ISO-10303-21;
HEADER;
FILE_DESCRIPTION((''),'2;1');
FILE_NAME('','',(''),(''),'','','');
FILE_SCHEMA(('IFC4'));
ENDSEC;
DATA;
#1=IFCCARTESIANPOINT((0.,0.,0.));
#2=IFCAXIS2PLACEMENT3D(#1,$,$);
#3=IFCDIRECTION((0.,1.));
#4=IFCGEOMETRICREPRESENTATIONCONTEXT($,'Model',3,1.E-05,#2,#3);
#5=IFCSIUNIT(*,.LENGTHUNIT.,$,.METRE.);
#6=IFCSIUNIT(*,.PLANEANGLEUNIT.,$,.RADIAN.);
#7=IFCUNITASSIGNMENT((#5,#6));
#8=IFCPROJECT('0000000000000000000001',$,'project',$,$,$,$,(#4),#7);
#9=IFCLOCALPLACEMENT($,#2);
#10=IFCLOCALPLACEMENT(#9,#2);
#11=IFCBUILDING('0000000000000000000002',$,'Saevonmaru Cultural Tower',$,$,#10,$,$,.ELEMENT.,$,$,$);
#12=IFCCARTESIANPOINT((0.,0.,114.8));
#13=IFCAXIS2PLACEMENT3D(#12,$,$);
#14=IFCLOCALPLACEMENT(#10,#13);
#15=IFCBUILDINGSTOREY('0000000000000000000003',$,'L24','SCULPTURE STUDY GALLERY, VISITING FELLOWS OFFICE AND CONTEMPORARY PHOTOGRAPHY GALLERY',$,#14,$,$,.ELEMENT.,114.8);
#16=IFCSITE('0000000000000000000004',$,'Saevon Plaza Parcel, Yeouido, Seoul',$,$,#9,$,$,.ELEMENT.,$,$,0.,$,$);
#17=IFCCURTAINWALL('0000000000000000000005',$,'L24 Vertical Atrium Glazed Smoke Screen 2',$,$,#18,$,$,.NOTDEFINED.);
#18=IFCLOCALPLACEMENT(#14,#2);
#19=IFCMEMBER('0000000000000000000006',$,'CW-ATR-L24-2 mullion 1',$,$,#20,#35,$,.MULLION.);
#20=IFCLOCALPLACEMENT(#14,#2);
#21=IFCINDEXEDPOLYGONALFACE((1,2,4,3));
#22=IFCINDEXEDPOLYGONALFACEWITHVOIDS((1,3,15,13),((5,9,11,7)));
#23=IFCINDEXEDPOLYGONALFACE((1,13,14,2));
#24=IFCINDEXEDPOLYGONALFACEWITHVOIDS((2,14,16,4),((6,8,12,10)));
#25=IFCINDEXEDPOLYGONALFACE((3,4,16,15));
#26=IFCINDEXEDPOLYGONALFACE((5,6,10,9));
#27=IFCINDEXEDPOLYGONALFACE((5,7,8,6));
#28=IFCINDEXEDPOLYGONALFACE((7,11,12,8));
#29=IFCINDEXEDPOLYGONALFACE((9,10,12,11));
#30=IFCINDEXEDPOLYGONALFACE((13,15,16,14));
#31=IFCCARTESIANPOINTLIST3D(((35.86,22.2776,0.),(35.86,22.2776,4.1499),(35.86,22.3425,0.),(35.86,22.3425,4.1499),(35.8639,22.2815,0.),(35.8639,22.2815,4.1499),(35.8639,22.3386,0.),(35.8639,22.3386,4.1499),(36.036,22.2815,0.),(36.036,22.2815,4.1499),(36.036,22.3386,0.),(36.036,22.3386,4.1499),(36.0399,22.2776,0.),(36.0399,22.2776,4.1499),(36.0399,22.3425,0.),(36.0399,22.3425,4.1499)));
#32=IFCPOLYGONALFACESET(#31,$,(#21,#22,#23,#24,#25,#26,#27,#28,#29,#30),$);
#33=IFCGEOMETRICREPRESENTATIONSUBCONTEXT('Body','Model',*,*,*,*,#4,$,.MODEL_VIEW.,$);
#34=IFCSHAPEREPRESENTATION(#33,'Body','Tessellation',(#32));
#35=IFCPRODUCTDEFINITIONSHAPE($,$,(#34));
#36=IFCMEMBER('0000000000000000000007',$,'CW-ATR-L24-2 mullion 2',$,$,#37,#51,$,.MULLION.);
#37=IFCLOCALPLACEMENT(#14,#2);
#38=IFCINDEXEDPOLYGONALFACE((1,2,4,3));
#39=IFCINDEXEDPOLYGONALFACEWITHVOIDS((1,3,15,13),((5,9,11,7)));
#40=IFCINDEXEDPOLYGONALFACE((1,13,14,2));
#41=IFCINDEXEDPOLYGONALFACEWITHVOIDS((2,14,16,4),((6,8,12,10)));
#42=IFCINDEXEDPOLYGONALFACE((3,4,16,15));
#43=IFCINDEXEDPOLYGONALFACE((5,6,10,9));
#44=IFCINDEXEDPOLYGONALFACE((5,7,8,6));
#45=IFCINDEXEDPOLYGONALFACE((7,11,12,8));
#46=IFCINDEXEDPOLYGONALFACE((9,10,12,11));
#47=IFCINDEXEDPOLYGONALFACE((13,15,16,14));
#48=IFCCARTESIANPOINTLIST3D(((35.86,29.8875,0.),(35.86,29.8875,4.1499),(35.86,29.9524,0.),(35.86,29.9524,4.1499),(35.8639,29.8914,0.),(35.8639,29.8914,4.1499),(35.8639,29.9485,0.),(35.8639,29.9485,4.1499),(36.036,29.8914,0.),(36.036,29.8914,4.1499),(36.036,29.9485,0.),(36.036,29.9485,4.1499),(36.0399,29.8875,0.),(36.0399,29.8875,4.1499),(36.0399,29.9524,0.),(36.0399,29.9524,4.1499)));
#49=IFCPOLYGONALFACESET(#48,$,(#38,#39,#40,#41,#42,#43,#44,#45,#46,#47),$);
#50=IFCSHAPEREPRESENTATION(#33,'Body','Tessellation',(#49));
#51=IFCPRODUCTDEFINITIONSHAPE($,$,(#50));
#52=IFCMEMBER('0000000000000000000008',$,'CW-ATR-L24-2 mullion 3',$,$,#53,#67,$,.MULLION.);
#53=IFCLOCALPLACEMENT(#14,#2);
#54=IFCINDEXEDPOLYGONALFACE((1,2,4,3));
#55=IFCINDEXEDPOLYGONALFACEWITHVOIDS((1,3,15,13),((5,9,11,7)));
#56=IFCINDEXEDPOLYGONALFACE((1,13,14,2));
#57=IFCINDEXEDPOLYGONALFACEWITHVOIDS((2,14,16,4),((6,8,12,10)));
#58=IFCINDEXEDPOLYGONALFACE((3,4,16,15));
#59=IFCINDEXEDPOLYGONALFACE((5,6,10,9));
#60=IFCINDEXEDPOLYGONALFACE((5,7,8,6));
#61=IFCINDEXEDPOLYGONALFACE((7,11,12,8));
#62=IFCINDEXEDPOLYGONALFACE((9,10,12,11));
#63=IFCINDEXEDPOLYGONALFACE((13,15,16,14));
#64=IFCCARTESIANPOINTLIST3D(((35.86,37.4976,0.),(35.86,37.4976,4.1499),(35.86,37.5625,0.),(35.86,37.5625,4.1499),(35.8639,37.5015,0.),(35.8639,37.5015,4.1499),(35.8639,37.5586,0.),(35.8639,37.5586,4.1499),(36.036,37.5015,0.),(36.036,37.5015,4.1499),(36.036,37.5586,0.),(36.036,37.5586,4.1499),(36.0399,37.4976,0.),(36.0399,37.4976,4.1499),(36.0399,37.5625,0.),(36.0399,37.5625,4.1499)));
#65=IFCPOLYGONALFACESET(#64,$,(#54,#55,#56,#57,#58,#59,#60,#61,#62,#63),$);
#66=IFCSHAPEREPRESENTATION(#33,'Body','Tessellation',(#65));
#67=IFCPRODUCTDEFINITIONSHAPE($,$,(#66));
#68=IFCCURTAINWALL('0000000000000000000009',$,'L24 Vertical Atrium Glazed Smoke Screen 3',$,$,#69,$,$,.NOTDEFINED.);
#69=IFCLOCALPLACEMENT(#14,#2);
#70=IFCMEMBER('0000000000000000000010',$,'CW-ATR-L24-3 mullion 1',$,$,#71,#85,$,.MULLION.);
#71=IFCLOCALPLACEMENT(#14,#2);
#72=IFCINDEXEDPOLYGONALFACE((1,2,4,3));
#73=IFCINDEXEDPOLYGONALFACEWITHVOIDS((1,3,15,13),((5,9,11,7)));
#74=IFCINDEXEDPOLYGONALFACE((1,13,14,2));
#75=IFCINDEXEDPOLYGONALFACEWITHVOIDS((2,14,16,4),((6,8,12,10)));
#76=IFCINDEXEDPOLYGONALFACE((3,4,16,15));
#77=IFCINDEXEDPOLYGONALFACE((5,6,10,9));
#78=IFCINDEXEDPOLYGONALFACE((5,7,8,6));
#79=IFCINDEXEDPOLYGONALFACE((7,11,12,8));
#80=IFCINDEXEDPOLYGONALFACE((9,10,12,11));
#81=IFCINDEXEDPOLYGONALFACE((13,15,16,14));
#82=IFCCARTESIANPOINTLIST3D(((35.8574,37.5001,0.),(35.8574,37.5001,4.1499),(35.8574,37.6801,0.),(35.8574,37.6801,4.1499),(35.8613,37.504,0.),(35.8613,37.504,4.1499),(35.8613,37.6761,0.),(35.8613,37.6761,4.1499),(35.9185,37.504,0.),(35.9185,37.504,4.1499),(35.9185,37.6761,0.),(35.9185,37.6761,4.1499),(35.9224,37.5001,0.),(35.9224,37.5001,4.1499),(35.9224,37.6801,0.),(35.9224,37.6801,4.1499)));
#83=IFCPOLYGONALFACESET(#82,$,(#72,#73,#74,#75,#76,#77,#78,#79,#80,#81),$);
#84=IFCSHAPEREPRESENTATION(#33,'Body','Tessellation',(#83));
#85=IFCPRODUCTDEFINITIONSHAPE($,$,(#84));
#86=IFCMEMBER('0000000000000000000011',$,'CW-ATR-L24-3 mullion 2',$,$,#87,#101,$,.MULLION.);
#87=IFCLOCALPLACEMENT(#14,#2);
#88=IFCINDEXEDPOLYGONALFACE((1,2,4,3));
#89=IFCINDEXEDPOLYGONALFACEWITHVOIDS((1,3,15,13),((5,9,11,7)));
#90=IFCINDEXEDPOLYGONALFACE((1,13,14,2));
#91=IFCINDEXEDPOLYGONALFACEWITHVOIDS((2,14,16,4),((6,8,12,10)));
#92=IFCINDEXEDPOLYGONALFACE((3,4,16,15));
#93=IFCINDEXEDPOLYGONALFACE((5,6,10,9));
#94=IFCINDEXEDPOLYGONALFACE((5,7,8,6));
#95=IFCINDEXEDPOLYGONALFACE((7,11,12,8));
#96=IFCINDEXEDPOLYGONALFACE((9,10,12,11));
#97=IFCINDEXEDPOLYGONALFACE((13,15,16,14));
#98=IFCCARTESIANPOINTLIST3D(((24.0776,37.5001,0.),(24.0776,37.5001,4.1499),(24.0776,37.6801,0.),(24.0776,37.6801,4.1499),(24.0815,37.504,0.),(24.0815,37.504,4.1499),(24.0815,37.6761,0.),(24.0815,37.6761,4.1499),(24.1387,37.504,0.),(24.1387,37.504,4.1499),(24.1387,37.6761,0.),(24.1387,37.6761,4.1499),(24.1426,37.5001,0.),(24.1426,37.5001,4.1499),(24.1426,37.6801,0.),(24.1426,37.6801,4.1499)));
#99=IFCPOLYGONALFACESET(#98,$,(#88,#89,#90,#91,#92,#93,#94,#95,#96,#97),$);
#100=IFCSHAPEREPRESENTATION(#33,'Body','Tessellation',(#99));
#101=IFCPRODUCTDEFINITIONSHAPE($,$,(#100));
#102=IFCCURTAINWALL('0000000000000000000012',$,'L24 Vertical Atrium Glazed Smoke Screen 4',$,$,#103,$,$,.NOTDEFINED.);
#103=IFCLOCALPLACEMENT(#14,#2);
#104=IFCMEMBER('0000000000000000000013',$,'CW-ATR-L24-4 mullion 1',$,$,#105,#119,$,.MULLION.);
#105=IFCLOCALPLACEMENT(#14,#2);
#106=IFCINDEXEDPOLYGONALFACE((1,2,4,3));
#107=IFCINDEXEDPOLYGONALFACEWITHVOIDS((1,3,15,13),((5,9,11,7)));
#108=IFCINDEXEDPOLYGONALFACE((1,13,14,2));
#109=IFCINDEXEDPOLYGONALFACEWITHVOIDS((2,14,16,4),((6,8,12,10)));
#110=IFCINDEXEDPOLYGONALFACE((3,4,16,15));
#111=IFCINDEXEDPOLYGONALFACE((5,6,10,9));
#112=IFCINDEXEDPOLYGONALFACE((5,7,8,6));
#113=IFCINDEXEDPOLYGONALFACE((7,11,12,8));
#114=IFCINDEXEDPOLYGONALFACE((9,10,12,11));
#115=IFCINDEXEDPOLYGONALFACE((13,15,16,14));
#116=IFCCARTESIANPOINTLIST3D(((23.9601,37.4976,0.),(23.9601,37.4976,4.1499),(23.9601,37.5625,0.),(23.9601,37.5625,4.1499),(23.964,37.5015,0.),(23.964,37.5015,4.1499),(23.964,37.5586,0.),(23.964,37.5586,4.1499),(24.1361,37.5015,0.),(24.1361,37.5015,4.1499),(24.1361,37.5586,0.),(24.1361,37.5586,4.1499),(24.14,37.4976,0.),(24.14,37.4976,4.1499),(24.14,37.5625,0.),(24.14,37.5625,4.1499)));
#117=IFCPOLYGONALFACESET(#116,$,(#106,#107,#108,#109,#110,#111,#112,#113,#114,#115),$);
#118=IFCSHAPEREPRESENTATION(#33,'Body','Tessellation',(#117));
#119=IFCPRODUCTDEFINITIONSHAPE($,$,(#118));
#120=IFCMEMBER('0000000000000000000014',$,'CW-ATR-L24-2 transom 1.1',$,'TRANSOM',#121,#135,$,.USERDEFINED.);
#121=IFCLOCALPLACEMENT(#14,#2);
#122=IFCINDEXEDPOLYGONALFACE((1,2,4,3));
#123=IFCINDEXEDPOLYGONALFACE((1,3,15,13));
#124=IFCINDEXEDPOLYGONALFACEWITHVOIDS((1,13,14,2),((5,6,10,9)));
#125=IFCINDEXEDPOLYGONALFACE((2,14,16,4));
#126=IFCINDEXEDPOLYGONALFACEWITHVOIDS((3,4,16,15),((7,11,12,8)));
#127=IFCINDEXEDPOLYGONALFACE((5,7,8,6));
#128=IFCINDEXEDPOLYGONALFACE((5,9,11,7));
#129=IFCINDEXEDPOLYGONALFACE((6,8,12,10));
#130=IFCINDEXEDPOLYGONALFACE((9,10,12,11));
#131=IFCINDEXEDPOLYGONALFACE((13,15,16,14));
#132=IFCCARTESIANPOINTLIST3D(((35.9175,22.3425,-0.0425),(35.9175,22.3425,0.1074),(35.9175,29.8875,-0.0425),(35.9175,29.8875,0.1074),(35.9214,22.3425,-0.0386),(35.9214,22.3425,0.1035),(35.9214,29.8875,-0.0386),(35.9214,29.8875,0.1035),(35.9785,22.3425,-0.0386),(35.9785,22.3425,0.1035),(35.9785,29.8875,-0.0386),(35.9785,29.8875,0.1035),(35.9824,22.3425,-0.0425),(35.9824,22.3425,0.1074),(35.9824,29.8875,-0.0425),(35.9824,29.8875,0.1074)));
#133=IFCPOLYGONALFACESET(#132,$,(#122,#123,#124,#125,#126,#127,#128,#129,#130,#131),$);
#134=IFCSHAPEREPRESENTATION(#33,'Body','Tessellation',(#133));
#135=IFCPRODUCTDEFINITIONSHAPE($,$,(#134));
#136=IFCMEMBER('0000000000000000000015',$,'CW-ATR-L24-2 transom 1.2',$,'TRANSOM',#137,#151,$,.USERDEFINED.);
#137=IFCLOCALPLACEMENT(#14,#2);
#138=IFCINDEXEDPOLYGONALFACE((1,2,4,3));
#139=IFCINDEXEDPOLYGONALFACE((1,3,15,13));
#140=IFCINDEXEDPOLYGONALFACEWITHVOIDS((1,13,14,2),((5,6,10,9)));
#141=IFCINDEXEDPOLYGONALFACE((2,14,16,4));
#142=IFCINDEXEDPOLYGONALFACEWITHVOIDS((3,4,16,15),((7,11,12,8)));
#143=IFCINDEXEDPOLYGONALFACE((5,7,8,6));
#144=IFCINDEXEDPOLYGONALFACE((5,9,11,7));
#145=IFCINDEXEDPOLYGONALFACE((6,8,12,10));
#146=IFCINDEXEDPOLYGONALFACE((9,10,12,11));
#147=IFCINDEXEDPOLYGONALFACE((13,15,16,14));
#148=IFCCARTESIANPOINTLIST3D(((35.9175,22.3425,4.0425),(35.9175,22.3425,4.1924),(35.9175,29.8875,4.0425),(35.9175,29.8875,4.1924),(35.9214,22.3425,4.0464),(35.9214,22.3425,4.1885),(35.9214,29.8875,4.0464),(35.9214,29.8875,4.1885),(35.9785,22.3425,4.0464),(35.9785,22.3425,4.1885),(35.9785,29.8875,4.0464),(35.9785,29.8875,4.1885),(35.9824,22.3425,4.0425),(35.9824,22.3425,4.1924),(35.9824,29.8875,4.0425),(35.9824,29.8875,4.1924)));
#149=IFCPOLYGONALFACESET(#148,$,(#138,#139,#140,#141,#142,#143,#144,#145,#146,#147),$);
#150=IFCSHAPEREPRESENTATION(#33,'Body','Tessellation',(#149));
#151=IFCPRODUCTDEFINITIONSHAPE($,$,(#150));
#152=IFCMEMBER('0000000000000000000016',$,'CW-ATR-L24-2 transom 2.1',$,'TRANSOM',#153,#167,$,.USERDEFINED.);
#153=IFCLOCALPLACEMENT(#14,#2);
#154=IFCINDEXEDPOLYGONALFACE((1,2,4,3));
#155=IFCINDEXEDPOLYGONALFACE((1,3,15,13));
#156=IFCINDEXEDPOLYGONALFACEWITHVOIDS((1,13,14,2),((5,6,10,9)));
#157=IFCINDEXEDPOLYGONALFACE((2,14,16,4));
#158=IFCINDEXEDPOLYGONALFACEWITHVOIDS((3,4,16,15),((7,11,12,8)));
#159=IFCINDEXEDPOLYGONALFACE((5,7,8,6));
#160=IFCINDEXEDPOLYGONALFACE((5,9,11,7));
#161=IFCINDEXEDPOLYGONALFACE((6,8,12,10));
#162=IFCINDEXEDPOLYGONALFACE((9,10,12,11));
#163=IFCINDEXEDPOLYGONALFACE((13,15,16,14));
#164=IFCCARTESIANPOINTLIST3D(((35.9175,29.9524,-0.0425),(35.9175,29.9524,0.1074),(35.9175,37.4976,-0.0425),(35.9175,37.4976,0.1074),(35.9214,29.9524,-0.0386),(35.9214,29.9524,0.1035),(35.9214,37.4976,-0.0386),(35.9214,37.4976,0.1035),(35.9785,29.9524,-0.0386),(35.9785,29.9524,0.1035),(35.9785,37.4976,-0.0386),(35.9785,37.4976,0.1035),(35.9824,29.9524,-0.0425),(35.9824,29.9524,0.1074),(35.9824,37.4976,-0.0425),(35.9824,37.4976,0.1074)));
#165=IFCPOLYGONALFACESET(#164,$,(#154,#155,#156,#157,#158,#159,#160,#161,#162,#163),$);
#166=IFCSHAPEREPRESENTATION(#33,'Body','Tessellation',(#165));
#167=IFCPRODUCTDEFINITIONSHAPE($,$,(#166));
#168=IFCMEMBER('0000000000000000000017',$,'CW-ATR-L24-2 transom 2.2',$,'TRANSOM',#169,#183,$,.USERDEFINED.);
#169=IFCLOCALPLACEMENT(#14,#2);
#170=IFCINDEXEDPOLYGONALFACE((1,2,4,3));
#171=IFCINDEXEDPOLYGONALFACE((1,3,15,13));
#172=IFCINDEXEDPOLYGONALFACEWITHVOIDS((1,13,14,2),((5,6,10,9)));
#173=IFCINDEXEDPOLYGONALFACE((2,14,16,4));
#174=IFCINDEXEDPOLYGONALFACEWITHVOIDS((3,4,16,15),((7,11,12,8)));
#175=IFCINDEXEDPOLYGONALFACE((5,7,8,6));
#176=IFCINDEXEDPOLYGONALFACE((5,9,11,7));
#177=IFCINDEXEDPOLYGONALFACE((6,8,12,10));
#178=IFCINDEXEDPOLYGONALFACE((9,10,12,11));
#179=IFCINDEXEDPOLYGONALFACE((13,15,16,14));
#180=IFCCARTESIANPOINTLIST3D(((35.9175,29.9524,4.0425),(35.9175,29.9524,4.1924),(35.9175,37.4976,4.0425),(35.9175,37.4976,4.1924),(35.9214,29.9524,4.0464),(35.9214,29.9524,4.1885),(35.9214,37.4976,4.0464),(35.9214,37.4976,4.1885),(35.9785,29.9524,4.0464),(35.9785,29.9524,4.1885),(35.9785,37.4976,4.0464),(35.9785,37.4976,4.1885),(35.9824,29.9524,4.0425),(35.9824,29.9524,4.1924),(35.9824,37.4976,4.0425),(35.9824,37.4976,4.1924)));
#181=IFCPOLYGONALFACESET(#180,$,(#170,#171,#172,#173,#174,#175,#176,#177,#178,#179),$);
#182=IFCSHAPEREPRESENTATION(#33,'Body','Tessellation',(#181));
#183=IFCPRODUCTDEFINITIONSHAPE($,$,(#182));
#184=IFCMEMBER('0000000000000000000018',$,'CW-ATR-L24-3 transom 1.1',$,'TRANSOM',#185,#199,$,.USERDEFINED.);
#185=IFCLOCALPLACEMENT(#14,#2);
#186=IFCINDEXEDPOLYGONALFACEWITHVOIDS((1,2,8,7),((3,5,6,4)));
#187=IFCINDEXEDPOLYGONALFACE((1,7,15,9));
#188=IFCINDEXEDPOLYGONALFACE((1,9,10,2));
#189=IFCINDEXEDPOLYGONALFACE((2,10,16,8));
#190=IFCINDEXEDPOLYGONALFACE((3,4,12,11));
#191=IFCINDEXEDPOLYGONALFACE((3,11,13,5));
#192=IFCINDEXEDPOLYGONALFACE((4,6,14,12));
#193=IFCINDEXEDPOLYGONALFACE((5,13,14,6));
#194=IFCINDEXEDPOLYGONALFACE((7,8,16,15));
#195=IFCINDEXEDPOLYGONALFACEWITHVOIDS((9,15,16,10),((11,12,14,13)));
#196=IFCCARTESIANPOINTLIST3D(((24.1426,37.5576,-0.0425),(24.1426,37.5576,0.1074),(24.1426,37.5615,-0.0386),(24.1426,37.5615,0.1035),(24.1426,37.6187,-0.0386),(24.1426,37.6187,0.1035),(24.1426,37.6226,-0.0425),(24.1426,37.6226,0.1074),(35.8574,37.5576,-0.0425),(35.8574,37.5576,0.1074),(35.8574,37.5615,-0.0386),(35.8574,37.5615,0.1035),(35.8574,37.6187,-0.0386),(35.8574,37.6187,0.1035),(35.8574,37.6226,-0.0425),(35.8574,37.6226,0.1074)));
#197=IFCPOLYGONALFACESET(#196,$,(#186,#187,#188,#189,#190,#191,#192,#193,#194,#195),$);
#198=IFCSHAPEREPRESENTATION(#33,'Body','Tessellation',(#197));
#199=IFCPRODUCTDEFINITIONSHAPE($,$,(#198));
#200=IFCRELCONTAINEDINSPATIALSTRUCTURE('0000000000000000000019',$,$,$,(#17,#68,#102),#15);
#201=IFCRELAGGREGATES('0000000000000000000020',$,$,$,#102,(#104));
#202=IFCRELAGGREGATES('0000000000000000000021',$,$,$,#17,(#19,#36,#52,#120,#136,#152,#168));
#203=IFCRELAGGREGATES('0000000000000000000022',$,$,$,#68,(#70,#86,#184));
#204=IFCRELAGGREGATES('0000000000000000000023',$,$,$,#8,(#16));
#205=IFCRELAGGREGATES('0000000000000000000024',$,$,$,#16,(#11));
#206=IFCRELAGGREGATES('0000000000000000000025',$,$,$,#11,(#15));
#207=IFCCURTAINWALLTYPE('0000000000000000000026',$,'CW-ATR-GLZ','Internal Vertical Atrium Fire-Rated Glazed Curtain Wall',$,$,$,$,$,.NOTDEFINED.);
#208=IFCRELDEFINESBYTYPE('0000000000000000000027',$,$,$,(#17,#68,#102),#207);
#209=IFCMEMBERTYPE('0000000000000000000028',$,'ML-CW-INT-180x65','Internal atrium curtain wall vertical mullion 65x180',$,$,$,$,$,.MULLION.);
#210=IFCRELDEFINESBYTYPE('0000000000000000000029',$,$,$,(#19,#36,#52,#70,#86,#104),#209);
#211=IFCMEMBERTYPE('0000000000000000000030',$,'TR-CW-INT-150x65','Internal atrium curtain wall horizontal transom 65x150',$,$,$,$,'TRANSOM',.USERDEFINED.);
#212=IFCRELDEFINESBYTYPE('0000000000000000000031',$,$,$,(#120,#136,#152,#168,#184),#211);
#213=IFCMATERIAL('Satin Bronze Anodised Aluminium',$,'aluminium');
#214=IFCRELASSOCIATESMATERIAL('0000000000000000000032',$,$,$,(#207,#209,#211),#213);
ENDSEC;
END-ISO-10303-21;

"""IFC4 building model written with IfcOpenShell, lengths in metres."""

from ifc_helpers import new_model, si_unit, direction, frame, origin, origin_2d, place, context, subcontext, project, spatial, hollow_rectangle, extrude, material, material_profile, profile_set, type_object, element, aggregate, save


model = new_model("IFC4")

# Units and contexts
model_context = context("Model", 3, precision=1e-05, world=origin(), true_north=direction((0.0, 1.0)))
body_context = subcontext(model_context, "Body", "Model", "MODEL_VIEW")
ifc_project = project(units=[si_unit("LENGTHUNIT", "METRE"), si_unit("PLANEANGLEUNIT", "RADIAN")], contexts=[model_context])

# Site, building, storey
site_placement = place(None, origin())
site = spatial("IfcSite", under=ifc_project, at=site_placement, Name="Saevon Plaza Parcel, Yeouido, Seoul", CompositionType="ELEMENT", RefElevation=0.0)
building_placement = place(site_placement, origin())
building = spatial("IfcBuilding", under=site, at=building_placement, Name="Saevonmaru Cultural Tower", CompositionType="ELEMENT")
storey_placement = place(building_placement, frame((0.0, 0.0, 114.8)))
storey = spatial("IfcBuildingStorey", under=building, at=storey_placement, Name="L24", Description="SCULPTURE STUDY GALLERY, VISITING FELLOWS OFFICE AND CONTEMPORARY PHOTOGRAPHY GALLERY", CompositionType="ELEMENT", Elevation=114.8)

# Shared definitions
ifc_material_1 = material(Name="Satin Bronze Anodised Aluminium", Category="aluminium")
curtain_wall_type = type_object("IfcCurtainWallType", Name="CW-ATR-GLZ", Description="Internal Vertical Atrium Fire-Rated Glazed Curtain Wall", PredefinedType="NOTDEFINED", material=ifc_material_1)
ifc_material_profile_1 = material_profile(ifc_material_1, hollow_rectangle(XDim=0.0649, YDim=0.1799, WallThickness=0.0039, at=origin_2d()), Name="ALU-MULL-180x65x4")
ifc_profile_set_1 = profile_set([ifc_material_profile_1], Name="Satin Bronze Anodised Aluminium")
member_type_1 = type_object("IfcMemberType", Name="ML-CW-INT-180x65", Description="Internal atrium curtain wall vertical mullion 65x180", PredefinedType="MULLION", material=ifc_profile_set_1)

# Curtain walls, members
curtain_wall_1_placement = place(storey_placement, origin())
curtain_wall_1 = element("IfcCurtainWall", 1, at=curtain_wall_1_placement, inside=storey, type_object=curtain_wall_type, Name="L24 Vertical Atrium Glazed Smoke Screen 2", PredefinedType="NOTDEFINED")
member_1_placement = place(storey_placement, frame((35.95, 22.3101, 0.0), z_axis=(0.0, 0.0, 1.0), x_axis=(0.0, 1.0, 0.0)))
member_1 = element("IfcMember", 2, at=member_1_placement, type_object=member_type_1, Name="CW-ATR-L24-2 mullion 1", PredefinedType="MULLION", context=body_context, shape_type="SweptSolid", body=[
    extrude(hollow_rectangle(XDim=0.0649, YDim=0.1799, WallThickness=0.0039, at=origin_2d()), origin(), (0.0, 0.0, 1.0), 4.1499),
])
member_2_placement = place(storey_placement, frame((35.95, 29.9199, 0.0), z_axis=(0.0, 0.0, 1.0), x_axis=(0.0, 1.0, 0.0)))
member_2 = element("IfcMember", 3, at=member_2_placement, type_object=member_type_1, Name="CW-ATR-L24-2 mullion 2", PredefinedType="MULLION", context=body_context, shape_type="SweptSolid", body=[
    extrude(hollow_rectangle(XDim=0.0649, YDim=0.1799, WallThickness=0.0039, at=origin_2d()), origin(), (0.0, 0.0, 1.0), 4.1499),
])
member_3_placement = place(storey_placement, frame((35.95, 37.53, 0.0), z_axis=(0.0, 0.0, 1.0), x_axis=(0.0, 1.0, 0.0)))
member_3 = element("IfcMember", 4, at=member_3_placement, type_object=member_type_1, Name="CW-ATR-L24-2 mullion 3", PredefinedType="MULLION", context=body_context, shape_type="SweptSolid", body=[
    extrude(hollow_rectangle(XDim=0.0649, YDim=0.1799, WallThickness=0.0039, at=origin_2d()), origin(), (0.0, 0.0, 1.0), 4.1499),
])
curtain_wall_2_placement = place(storey_placement, origin())
curtain_wall_2 = element("IfcCurtainWall", 5, at=curtain_wall_2_placement, inside=storey, type_object=curtain_wall_type, Name="L24 Vertical Atrium Glazed Smoke Screen 3", PredefinedType="NOTDEFINED")
member_4_placement = place(storey_placement, frame((35.8899, 37.5901, 0.0), z_axis=(0.0, 0.0, 1.0), x_axis=(-1.0, 0.0, 0.0)))
member_4 = element("IfcMember", 6, at=member_4_placement, type_object=member_type_1, Name="CW-ATR-L24-3 mullion 1", PredefinedType="MULLION", context=body_context, shape_type="SweptSolid", body=[
    extrude(hollow_rectangle(XDim=0.0649, YDim=0.1799, WallThickness=0.0039, at=origin_2d()), origin(), (0.0, 0.0, 1.0), 4.1499),
])
member_5_placement = place(storey_placement, frame((24.1101, 37.5901, 0.0), z_axis=(0.0, 0.0, 1.0), x_axis=(-1.0, 0.0, 0.0)))
member_5 = element("IfcMember", 7, at=member_5_placement, type_object=member_type_1, Name="CW-ATR-L24-3 mullion 2", PredefinedType="MULLION", context=body_context, shape_type="SweptSolid", body=[
    extrude(hollow_rectangle(XDim=0.0649, YDim=0.1799, WallThickness=0.0039, at=origin_2d()), origin(), (0.0, 0.0, 1.0), 4.1499),
])

# Curtain wall, member
curtain_wall_3_placement = place(storey_placement, origin())
curtain_wall_3 = element("IfcCurtainWall", 8, at=curtain_wall_3_placement, inside=storey, type_object=curtain_wall_type, Name="L24 Vertical Atrium Glazed Smoke Screen 4", PredefinedType="NOTDEFINED")
member_6_placement = place(storey_placement, frame((24.05, 37.53, 0.0), z_axis=(0.0, 0.0, 1.0), x_axis=(0.0, -1.0, 0.0)))
member_6 = element("IfcMember", 9, at=member_6_placement, type_object=member_type_1, Name="CW-ATR-L24-4 mullion 1", PredefinedType="MULLION", context=body_context, shape_type="SweptSolid", body=[
    extrude(hollow_rectangle(XDim=0.0649, YDim=0.1799, WallThickness=0.0039, at=origin_2d()), origin(), (0.0, 0.0, 1.0), 4.1499),
])

# Members
ifc_material_profile_2 = material_profile(ifc_material_1, hollow_rectangle(XDim=0.0649, YDim=0.1499, WallThickness=0.0039, at=origin_2d()), Name="ALU-TRAN-150x65x4")
ifc_profile_set_2 = profile_set([ifc_material_profile_2], Name="Satin Bronze Anodised Aluminium")
member_type_2 = type_object("IfcMemberType", Name="TR-CW-INT-150x65", Description="Internal atrium curtain wall horizontal transom 65x150", ElementType="TRANSOM", PredefinedType="USERDEFINED", material=ifc_profile_set_2)
member_7_placement = place(storey_placement, frame((35.95, 22.3425, 0.0325), z_axis=(0.0, 1.0, 0.0), x_axis=(-1.0, 0.0, 0.0)))
member_7 = element("IfcMember", 10, at=member_7_placement, type_object=member_type_2, Name="CW-ATR-L24-2 transom 1.1", ObjectType="TRANSOM", PredefinedType="USERDEFINED", context=body_context, shape_type="SweptSolid", body=[
    extrude(hollow_rectangle(XDim=0.0649, YDim=0.1499, WallThickness=0.0039, at=origin_2d()), origin(), (0.0, 0.0, 1.0), 7.5449),
])
member_8_placement = place(storey_placement, frame((35.95, 22.3425, 4.1174), z_axis=(0.0, 1.0, 0.0), x_axis=(-1.0, 0.0, 0.0)))
member_8 = element("IfcMember", 11, at=member_8_placement, type_object=member_type_2, Name="CW-ATR-L24-2 transom 1.2", ObjectType="TRANSOM", PredefinedType="USERDEFINED", context=body_context, shape_type="SweptSolid", body=[
    extrude(hollow_rectangle(XDim=0.0649, YDim=0.1499, WallThickness=0.0039, at=origin_2d()), origin(), (0.0, 0.0, 1.0), 7.5449),
])
member_9_placement = place(storey_placement, frame((35.95, 29.9524, 0.0325), z_axis=(0.0, 1.0, 0.0), x_axis=(-1.0, 0.0, 0.0)))
member_9 = element("IfcMember", 12, at=member_9_placement, type_object=member_type_2, Name="CW-ATR-L24-2 transom 2.1", ObjectType="TRANSOM", PredefinedType="USERDEFINED", context=body_context, shape_type="SweptSolid", body=[
    extrude(hollow_rectangle(XDim=0.0649, YDim=0.1499, WallThickness=0.0039, at=origin_2d()), origin(), (0.0, 0.0, 1.0), 7.5452),
])
member_10_placement = place(storey_placement, frame((35.95, 29.9524, 4.1174), z_axis=(0.0, 1.0, 0.0), x_axis=(-1.0, 0.0, 0.0)))
member_10 = element("IfcMember", 13, at=member_10_placement, type_object=member_type_2, Name="CW-ATR-L24-2 transom 2.2", ObjectType="TRANSOM", PredefinedType="USERDEFINED", context=body_context, shape_type="SweptSolid", body=[
    extrude(hollow_rectangle(XDim=0.0649, YDim=0.1499, WallThickness=0.0039, at=origin_2d()), origin(), (0.0, 0.0, 1.0), 7.5452),
])
member_11_placement = place(storey_placement, frame((35.8574, 37.5901, 0.0325), z_axis=(-1.0, 0.0, 0.0), x_axis=(0.0, -1.0, 0.0)))
member_11 = element("IfcMember", 14, at=member_11_placement, type_object=member_type_2, Name="CW-ATR-L24-3 transom 1.1", ObjectType="TRANSOM", PredefinedType="USERDEFINED", context=body_context, shape_type="SweptSolid", body=[
    extrude(hollow_rectangle(XDim=0.0649, YDim=0.1499, WallThickness=0.0039, at=origin_2d()), origin(), (0.0, 0.0, 1.0), 11.7148),
])
aggregate(curtain_wall_3, [member_6])

aggregate(curtain_wall_1, [member_1, member_2, member_3, member_7, member_8, member_9, member_10])
aggregate(curtain_wall_2, [member_4, member_5, member_11])

save(model, "model.ifc")
